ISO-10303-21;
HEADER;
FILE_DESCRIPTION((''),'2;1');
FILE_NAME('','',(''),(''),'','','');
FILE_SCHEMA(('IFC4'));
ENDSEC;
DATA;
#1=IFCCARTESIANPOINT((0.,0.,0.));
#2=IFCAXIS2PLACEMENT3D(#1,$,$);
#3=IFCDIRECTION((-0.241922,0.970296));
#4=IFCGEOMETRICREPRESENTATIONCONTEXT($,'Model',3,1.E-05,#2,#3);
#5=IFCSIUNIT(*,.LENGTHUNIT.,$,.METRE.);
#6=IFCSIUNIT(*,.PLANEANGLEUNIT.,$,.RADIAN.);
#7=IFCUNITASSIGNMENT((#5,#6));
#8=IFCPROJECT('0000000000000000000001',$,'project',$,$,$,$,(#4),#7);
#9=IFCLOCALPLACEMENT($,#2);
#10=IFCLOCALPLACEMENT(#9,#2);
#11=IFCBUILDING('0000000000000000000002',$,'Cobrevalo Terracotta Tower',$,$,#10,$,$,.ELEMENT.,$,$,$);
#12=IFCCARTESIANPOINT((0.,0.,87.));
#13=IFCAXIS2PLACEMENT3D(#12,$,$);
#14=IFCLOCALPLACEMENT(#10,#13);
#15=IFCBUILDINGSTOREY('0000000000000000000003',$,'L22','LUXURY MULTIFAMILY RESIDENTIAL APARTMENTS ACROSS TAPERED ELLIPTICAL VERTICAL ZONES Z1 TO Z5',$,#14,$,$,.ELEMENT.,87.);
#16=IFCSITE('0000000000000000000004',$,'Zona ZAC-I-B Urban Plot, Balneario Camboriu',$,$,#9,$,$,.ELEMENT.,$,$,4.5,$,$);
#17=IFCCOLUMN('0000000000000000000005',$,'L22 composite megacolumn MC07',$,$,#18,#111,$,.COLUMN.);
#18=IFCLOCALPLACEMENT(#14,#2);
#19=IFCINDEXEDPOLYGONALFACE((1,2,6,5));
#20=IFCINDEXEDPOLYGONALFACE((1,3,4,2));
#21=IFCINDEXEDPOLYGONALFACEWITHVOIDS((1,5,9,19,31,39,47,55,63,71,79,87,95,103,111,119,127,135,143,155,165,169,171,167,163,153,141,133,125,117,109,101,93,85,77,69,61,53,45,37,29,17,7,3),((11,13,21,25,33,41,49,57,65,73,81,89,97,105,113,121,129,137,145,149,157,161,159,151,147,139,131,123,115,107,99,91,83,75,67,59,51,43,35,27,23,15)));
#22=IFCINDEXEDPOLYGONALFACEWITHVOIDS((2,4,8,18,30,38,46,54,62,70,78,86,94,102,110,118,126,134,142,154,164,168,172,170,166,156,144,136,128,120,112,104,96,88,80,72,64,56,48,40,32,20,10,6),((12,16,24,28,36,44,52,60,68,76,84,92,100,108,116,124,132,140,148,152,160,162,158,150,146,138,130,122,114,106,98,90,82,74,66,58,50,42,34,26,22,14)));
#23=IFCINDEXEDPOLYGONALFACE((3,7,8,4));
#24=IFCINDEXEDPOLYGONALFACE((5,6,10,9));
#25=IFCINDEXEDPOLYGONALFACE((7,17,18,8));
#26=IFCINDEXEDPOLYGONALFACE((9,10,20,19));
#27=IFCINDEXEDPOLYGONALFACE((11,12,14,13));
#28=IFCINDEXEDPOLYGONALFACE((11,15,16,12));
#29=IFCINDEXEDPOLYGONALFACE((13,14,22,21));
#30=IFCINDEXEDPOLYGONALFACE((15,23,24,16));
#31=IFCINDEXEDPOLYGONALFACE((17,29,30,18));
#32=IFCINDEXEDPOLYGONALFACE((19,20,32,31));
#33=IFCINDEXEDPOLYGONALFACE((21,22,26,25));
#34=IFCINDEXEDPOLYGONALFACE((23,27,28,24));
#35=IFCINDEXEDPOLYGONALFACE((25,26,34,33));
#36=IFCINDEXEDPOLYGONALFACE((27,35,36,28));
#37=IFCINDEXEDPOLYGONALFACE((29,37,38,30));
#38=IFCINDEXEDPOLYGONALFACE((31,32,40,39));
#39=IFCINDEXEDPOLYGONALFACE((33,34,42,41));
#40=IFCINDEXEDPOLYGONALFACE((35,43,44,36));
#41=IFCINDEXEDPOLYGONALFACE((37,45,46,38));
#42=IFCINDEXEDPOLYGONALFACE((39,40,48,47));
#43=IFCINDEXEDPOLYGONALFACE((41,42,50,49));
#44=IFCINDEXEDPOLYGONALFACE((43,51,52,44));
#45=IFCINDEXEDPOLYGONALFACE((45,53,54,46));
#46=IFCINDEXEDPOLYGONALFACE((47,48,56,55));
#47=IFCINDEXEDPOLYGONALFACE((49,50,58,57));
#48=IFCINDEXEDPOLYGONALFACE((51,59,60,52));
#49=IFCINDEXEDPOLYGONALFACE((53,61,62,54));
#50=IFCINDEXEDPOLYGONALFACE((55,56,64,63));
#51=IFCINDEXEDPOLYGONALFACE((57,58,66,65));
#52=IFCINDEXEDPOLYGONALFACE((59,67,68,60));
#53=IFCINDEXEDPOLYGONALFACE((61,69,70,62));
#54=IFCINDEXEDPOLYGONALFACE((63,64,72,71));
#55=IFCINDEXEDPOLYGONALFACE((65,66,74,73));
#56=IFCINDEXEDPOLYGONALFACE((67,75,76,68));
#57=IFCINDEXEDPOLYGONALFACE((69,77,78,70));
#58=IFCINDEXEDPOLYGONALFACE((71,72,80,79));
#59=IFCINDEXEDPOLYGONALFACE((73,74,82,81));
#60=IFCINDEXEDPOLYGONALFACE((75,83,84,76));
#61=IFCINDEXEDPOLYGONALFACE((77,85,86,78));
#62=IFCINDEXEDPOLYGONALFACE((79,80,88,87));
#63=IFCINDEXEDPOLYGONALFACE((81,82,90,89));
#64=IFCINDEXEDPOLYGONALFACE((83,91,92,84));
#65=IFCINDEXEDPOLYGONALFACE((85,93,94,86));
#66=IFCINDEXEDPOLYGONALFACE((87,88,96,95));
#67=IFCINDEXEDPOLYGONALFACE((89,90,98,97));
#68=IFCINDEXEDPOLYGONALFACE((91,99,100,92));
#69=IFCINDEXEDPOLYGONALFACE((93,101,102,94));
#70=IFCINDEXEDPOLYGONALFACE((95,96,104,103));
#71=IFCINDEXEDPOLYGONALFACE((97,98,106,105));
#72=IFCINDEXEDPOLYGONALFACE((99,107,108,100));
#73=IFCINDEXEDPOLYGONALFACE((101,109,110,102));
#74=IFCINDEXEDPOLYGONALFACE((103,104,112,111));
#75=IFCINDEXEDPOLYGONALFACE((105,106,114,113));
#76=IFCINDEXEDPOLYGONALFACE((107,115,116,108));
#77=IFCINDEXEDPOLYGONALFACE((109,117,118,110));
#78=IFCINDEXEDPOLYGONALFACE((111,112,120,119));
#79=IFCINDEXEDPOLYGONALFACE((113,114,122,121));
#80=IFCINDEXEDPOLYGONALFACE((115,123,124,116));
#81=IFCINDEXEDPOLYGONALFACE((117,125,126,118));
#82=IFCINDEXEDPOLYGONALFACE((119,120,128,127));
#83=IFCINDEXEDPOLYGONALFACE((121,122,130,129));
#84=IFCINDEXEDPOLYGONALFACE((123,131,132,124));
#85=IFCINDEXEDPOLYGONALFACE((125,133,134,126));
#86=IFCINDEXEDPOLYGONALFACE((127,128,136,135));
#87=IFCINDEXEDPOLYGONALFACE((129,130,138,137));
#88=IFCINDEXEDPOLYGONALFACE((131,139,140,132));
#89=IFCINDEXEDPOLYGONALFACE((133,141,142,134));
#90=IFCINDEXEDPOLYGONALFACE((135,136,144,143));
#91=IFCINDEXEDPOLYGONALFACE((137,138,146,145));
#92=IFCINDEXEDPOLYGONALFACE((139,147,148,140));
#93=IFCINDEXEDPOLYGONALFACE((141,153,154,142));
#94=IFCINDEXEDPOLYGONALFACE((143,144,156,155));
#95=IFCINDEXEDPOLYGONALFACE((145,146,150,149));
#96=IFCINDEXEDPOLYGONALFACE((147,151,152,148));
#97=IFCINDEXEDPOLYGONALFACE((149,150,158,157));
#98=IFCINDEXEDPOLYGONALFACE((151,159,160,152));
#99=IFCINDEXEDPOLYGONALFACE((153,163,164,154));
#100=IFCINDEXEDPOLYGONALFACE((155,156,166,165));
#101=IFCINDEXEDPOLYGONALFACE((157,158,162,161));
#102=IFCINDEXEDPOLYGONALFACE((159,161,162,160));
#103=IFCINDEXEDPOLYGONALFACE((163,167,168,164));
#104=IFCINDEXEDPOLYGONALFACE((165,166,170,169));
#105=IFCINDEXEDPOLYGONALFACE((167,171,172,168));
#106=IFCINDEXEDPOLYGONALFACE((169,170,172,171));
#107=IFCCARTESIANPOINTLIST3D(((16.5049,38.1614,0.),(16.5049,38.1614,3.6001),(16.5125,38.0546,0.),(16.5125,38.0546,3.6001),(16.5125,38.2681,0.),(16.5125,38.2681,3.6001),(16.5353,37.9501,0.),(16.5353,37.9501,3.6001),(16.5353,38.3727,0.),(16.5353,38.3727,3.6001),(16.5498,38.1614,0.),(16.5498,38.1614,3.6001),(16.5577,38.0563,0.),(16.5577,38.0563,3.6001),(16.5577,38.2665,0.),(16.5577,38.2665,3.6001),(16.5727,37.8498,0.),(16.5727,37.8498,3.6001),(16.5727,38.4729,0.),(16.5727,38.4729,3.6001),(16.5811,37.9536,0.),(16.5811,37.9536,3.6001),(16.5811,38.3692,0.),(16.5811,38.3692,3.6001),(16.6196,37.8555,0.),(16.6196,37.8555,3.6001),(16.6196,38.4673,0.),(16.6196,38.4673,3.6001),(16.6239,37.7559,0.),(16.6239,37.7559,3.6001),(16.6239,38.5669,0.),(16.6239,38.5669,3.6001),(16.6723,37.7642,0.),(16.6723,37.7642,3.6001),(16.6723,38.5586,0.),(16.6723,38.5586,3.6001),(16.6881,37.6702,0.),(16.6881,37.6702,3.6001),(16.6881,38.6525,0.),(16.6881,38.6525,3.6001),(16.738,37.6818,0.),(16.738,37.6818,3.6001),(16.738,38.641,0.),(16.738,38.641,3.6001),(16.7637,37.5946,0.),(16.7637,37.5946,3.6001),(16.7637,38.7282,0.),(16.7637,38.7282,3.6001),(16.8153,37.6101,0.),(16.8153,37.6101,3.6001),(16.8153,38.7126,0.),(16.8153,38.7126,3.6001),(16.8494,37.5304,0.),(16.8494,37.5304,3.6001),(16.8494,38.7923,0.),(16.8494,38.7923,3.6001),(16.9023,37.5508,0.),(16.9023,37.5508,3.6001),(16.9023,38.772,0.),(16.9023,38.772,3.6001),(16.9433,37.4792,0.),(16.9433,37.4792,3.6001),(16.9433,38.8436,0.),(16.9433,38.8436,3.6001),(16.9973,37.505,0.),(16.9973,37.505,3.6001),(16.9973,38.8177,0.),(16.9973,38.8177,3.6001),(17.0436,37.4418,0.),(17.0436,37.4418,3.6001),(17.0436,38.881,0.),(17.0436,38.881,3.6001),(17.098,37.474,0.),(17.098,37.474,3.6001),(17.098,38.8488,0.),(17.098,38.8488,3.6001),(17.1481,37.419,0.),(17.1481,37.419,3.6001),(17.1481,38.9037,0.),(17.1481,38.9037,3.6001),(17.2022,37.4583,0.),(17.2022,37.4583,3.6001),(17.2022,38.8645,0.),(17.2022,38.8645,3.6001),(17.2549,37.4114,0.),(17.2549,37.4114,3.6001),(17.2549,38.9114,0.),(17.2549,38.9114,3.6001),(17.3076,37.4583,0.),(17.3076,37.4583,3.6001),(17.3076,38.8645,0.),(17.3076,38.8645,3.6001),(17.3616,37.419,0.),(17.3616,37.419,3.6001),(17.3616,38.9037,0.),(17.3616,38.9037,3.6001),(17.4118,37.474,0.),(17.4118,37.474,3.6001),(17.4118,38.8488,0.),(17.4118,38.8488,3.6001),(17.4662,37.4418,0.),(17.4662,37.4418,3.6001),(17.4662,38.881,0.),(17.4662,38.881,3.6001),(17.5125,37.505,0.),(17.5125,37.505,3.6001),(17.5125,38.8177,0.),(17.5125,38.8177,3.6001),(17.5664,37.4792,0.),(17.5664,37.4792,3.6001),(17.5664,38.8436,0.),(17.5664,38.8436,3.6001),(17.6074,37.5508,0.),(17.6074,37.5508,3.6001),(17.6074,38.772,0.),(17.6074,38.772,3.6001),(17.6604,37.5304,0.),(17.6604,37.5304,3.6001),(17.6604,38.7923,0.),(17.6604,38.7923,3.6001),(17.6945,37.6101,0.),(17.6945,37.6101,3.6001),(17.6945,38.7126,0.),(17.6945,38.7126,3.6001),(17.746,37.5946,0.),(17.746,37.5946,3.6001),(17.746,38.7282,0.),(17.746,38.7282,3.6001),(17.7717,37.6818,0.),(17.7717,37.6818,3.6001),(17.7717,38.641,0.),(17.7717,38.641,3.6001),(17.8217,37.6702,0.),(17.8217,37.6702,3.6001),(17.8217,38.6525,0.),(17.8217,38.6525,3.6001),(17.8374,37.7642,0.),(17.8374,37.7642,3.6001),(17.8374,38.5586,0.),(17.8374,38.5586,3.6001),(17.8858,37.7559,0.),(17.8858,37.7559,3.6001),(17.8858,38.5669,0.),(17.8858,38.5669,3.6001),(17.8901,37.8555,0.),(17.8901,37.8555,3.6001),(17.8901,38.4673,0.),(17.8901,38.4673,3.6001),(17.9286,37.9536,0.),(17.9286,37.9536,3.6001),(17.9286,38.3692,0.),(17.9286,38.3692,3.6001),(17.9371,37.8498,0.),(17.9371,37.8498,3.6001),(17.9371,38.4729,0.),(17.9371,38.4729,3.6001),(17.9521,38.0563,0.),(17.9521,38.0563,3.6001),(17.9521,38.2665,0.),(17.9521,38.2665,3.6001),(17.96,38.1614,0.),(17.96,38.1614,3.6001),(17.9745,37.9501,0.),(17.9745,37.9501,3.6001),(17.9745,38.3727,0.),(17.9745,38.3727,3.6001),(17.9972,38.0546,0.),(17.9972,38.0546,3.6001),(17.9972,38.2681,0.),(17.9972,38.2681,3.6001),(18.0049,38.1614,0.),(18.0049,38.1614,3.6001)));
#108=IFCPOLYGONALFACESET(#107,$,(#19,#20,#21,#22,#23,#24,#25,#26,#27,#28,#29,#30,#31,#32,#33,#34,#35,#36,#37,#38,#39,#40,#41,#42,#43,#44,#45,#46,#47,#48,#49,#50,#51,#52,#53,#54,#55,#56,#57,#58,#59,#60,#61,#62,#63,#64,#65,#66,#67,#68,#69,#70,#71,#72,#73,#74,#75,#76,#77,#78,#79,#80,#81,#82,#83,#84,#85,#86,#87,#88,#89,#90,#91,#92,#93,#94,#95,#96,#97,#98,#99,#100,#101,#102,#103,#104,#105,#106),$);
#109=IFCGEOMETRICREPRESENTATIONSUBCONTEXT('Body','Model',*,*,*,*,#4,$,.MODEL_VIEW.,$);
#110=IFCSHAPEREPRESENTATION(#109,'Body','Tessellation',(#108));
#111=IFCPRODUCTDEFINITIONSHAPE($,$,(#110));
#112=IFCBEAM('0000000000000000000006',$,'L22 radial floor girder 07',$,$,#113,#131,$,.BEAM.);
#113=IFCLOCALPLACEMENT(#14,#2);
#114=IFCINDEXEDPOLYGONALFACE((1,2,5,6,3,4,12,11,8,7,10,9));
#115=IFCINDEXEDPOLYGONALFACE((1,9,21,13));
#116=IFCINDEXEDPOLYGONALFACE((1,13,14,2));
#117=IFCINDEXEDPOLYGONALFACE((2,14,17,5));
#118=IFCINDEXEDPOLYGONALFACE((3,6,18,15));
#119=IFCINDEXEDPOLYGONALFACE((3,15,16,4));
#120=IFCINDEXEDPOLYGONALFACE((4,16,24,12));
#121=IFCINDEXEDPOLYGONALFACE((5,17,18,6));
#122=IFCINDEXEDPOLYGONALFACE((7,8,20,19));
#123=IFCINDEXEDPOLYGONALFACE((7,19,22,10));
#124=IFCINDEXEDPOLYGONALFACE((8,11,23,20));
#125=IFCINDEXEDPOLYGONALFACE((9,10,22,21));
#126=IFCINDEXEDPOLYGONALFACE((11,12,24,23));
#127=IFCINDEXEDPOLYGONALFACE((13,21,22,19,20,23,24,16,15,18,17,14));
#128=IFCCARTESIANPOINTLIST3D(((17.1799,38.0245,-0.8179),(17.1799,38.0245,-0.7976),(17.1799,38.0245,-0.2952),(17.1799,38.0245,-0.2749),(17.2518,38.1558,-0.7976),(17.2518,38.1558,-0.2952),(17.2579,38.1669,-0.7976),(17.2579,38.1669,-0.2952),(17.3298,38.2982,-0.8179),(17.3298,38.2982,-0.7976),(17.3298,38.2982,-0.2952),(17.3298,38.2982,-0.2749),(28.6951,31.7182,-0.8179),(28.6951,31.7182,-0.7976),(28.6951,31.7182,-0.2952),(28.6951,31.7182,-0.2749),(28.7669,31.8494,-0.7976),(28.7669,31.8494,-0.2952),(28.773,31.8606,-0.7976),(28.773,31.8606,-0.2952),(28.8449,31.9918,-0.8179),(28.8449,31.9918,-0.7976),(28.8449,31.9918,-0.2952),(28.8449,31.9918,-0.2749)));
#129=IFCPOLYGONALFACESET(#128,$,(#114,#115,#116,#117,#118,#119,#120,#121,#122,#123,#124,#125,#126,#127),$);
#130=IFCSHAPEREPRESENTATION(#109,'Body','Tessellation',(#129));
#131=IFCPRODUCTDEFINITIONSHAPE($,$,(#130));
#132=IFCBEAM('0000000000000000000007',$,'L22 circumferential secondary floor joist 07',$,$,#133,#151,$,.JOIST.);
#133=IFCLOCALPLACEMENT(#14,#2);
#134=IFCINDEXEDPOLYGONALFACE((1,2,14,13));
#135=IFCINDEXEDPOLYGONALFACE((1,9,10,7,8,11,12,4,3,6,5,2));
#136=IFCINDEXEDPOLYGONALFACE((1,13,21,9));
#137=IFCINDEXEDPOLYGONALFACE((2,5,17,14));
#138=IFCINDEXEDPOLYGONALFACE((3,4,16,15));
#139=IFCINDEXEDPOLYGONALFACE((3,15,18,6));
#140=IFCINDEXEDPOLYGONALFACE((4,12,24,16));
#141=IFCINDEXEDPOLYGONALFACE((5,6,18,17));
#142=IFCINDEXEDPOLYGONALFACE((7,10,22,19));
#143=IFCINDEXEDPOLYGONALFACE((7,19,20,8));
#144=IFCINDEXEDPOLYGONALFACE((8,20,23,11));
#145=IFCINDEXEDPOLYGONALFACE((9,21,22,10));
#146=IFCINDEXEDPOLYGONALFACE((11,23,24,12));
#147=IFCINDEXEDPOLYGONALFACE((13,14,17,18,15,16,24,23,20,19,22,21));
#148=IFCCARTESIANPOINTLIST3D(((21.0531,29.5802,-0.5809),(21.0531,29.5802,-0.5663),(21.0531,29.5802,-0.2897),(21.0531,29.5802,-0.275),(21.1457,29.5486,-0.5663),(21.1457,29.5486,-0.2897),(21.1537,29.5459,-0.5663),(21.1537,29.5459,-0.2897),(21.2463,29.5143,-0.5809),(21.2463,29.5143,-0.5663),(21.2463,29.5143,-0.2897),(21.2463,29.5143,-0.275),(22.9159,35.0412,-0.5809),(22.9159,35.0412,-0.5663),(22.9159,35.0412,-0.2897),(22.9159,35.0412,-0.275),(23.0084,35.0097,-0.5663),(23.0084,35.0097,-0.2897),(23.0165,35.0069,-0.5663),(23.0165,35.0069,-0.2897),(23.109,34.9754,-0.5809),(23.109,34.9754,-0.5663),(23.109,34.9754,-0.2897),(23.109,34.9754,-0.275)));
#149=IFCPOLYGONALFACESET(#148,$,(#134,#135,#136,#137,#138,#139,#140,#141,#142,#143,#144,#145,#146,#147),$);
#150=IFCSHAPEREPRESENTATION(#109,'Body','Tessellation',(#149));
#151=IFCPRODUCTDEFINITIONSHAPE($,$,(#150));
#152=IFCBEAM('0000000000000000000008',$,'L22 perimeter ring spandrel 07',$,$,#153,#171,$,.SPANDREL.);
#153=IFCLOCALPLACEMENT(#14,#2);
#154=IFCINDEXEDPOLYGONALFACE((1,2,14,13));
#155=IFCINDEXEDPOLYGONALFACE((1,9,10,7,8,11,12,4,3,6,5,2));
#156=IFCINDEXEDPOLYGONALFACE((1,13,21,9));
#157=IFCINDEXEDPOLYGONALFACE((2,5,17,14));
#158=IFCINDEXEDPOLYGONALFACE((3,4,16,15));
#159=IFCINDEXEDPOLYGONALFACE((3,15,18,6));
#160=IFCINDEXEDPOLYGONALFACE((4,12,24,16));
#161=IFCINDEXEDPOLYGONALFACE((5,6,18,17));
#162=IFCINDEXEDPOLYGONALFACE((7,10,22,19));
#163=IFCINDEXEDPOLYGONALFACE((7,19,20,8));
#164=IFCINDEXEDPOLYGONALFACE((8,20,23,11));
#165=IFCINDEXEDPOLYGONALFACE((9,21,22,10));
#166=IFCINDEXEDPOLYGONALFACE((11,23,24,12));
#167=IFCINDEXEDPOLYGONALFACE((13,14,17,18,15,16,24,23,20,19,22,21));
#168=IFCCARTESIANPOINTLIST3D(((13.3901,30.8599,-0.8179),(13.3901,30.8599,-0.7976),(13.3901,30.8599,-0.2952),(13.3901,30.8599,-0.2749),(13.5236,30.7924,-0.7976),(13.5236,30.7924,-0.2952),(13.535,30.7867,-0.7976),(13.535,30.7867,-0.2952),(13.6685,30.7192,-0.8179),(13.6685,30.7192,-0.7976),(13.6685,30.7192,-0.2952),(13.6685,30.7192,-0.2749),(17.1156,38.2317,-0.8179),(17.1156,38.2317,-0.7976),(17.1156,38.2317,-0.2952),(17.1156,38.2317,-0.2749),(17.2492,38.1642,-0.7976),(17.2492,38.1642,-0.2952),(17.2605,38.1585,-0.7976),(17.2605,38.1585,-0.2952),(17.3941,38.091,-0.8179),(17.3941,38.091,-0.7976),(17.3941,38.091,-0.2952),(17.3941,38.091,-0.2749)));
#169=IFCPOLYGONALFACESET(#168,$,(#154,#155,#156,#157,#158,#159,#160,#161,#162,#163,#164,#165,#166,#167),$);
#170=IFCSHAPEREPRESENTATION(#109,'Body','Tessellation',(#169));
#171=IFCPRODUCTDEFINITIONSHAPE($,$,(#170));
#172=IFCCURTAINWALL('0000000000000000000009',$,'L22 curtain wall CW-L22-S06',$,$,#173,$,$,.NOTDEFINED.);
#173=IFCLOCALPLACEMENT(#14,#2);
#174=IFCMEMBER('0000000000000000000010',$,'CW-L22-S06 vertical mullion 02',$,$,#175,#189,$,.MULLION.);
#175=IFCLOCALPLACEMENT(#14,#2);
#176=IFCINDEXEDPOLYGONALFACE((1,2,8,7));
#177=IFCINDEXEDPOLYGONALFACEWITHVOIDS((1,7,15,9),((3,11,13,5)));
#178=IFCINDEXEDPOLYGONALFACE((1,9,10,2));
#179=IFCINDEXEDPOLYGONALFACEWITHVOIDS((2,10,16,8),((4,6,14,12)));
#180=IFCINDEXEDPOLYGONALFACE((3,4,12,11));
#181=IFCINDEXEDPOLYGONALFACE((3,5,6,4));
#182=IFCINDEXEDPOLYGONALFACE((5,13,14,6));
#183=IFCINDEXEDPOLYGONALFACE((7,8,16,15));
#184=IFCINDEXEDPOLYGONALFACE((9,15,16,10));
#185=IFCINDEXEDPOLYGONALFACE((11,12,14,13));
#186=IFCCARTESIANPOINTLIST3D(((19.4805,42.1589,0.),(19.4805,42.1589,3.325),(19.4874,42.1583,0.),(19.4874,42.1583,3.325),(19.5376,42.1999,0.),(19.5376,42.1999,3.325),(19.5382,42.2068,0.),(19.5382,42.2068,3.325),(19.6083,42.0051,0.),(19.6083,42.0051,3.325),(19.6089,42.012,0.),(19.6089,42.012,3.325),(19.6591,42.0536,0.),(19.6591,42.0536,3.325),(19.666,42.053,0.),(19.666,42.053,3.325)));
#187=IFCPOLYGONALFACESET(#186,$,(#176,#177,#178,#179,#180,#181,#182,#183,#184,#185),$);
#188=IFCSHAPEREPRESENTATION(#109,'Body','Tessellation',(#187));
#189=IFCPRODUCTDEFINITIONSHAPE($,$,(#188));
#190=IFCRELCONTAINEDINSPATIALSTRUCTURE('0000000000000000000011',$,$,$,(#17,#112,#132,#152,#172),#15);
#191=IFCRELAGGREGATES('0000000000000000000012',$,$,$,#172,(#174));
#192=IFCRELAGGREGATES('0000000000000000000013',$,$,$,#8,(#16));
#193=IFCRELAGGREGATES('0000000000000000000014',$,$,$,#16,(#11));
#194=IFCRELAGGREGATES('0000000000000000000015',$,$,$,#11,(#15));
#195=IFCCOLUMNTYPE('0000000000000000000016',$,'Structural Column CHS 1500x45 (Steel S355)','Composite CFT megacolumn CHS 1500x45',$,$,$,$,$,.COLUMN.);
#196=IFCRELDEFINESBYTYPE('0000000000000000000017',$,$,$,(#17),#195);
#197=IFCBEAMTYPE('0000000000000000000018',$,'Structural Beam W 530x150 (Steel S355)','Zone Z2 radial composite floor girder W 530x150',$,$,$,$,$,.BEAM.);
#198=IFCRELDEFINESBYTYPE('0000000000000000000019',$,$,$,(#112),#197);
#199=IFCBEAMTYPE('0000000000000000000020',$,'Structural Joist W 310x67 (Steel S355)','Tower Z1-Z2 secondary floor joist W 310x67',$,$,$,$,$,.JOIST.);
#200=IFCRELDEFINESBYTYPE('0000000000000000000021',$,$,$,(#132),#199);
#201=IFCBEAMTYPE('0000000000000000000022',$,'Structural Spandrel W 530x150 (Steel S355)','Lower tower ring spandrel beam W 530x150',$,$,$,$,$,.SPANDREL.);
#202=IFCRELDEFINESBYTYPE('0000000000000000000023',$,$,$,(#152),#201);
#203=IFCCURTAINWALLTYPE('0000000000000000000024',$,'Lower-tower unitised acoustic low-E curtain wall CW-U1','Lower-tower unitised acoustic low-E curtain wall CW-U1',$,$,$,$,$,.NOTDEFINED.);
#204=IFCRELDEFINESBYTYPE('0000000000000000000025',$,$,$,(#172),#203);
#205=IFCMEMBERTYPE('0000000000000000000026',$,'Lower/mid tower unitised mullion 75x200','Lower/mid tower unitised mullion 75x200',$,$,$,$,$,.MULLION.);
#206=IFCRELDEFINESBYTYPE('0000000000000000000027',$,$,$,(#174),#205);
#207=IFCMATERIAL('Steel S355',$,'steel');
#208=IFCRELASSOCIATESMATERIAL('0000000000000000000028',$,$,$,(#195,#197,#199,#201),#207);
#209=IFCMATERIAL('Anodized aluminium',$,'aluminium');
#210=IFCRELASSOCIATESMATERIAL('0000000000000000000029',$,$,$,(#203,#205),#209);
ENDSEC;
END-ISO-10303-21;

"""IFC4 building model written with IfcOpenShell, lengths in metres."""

from ifc_helpers import new_model, si_unit, direction, frame, origin, origin_2d, place, context, subcontext, project, spatial, hollow_rectangle, hollow_circle, i_section, extrude, source, transform, mapped, material, material_profile, profile_set, type_object, element, aggregate, save


model = new_model("IFC4")

# Units and contexts
model_context = context("Model", 3, precision=1e-05, world=origin(), true_north=direction((-0.241922, 0.970296)))
body_context = subcontext(model_context, "Body", "Model", "MODEL_VIEW")
ifc_project = project(units=[si_unit("LENGTHUNIT", "METRE"), si_unit("PLANEANGLEUNIT", "RADIAN")], contexts=[model_context])

# Site, building, storey
site_placement = place(None, origin())
site = spatial("IfcSite", under=ifc_project, at=site_placement, Name="Zona ZAC-I-B Urban Plot, Balneario Camboriu", CompositionType="ELEMENT", RefElevation=4.5)
building_placement = place(site_placement, origin())
building = spatial("IfcBuilding", under=site, at=building_placement, Name="Cobrevalo Terracotta Tower", CompositionType="ELEMENT")
storey_placement = place(building_placement, frame((0.0, 0.0, 87.0)))
storey = spatial("IfcBuildingStorey", under=building, at=storey_placement, Name="L22", Description="LUXURY MULTIFAMILY RESIDENTIAL APARTMENTS ACROSS TAPERED ELLIPTICAL VERTICAL ZONES Z1 TO Z5", CompositionType="ELEMENT", Elevation=87.0)

# Column
ifc_material_1 = material(Name="Steel S355", Category="steel")
ifc_material_profile_1 = material_profile(ifc_material_1, hollow_circle(Radius=0.75, WallThickness=0.0449, at=origin_2d()), Name="CHS 1500x45")
ifc_profile_set_1 = profile_set([ifc_material_profile_1], Name="Steel S355")
column_type = type_object("IfcColumnType", Name="Structural Column CHS 1500x45 (Steel S355)", Description="Composite CFT megacolumn CHS 1500x45", PredefinedType="COLUMN", material=ifc_profile_set_1)
column_placement = place(storey_placement, frame((17.2549, 38.1614, 0.0), z_axis=(0.0, 0.0, 1.0), x_axis=(1.0, 0.0, 0.0)))
element("IfcColumn", 1, at=column_placement, inside=storey, type_object=column_type, Name="L22 composite megacolumn MC07", PredefinedType="COLUMN", context=body_context, shape_type="SweptSolid", body=[
    extrude(hollow_circle(Radius=0.75, WallThickness=0.0449, at=origin_2d()), origin(), (0.0, 0.0, 1.0), 3.6001),
])

# Beams
ifc_material_profile_2 = material_profile(ifc_material_1, i_section(OverallWidth=0.312, OverallDepth=0.543, WebThickness=0.0127, FlangeThickness=0.0203, at=origin_2d()), Name="W 530x150")
ifc_profile_set_2 = profile_set([ifc_material_profile_2], Name="Steel S355")
beam_type_1 = type_object("IfcBeamType", Name="Structural Beam W 530x150 (Steel S355)", Description="Zone Z2 radial composite floor girder W 530x150", PredefinedType="BEAM", material=ifc_profile_set_2)
beam_1_placement = place(storey_placement, frame((17.2549, 38.1614, -0.5464), z_axis=(0.877081, -0.480343, 0.0), x_axis=(0.480343, 0.877081, 0.0)))
element("IfcBeam", 2, at=beam_1_placement, inside=storey, type_object=beam_type_1, Name="L22 radial floor girder 07", PredefinedType="BEAM", context=body_context, shape_type="SweptSolid", body=[
    extrude(i_section(OverallWidth=0.312, OverallDepth=0.543, WebThickness=0.0127, FlangeThickness=0.0203, at=origin_2d()), origin(), (0.0, 0.0, 1.0), 13.1289),
])
ifc_material_profile_3 = material_profile(ifc_material_1, i_section(OverallWidth=0.2041, OverallDepth=0.3059, WebThickness=0.0085, FlangeThickness=0.0146, at=origin_2d()), Name="W 310x67")
ifc_profile_set_3 = profile_set([ifc_material_profile_3], Name="Steel S355")
beam_type_2 = type_object("IfcBeamType", Name="Structural Joist W 310x67 (Steel S355)", Description="Tower Z1-Z2 secondary floor joist W 310x67", PredefinedType="JOIST", material=ifc_profile_set_3)
beam_2_placement = place(storey_placement, frame((23.0125, 35.0083, -0.428), z_axis=(-0.322833, -0.946456, 0.0), x_axis=(0.946456, -0.322833, 0.0)))
element("IfcBeam", 3, at=beam_2_placement, inside=storey, type_object=beam_type_2, Name="L22 circumferential secondary floor joist 07", PredefinedType="JOIST", context=body_context, shape_type="SweptSolid", body=[
    extrude(i_section(OverallWidth=0.2041, OverallDepth=0.3059, WebThickness=0.0085, FlangeThickness=0.0146, at=origin_2d()), origin(), (0.0, 0.0, 1.0), 5.77),
])
ifc_material_profile_4 = material_profile(ifc_material_1, i_section(OverallWidth=0.312, OverallDepth=0.543, WebThickness=0.0127, FlangeThickness=0.0203, at=origin_2d()), Name="W 530x150")
ifc_profile_set_4 = profile_set([ifc_material_profile_4], Name="Steel S355")
beam_type_3 = type_object("IfcBeamType", Name="Structural Spandrel W 530x150 (Steel S355)", Description="Lower tower ring spandrel beam W 530x150", PredefinedType="SPANDREL", material=ifc_profile_set_4)
beam_3_placement = place(storey_placement, frame((17.2549, 38.1614, -0.5464), z_axis=(-0.451052, -0.892498, 0.0), x_axis=(0.892498, -0.451052, 0.0)))
element("IfcBeam", 4, at=beam_3_placement, inside=storey, type_object=beam_type_3, Name="L22 perimeter ring spandrel 07", PredefinedType="SPANDREL", context=body_context, shape_type="SweptSolid", body=[
    extrude(i_section(OverallWidth=0.312, OverallDepth=0.543, WebThickness=0.0127, FlangeThickness=0.0203, at=origin_2d()), origin(), (0.0, 0.0, 1.0), 8.2598),
])

# Curtain wall, member
ifc_material_2 = material(Name="Anodized aluminium", Category="aluminium")
curtain_wall_type = type_object("IfcCurtainWallType", Name="Lower-tower unitised acoustic low-E curtain wall CW-U1", Description="Lower-tower unitised acoustic low-E curtain wall CW-U1", PredefinedType="NOTDEFINED", material=ifc_material_2)
curtain_wall_1_placement = place(storey_placement, origin())
curtain_wall_1 = element("IfcCurtainWall", 5, at=curtain_wall_1_placement, inside=storey, type_object=curtain_wall_type, Name="L22 curtain wall CW-L22-S06", PredefinedType="NOTDEFINED")
ifc_material_profile_5 = material_profile(ifc_material_2, hollow_rectangle(XDim=0.075, YDim=0.2, WallThickness=0.0049, at=origin_2d()), Name="CWM 75x200")
ifc_profile_set_5 = profile_set([ifc_material_profile_5], Name="Anodized aluminium")
member_type_1 = type_object("IfcMemberType", Name="Lower/mid tower unitised mullion 75x200", Description="Lower/mid tower unitised mullion 75x200", PredefinedType="MULLION", material=ifc_profile_set_5)
shared_shape_1 = source(origin(), body_context, "Body", "SweptSolid", [
    extrude(hollow_rectangle(XDim=0.075, YDim=0.2, WallThickness=0.0049, at=origin_2d()), origin(), (0.0, 0.0, 1.0), 3.325),
])
member_1_placement = place(storey_placement, frame((19.5732, 42.106, 0.0), z_axis=(0.0, 0.0, 1.0), x_axis=(-0.769243, -0.638956, 0.0)))
member_1 = element("IfcMember", 6, at=member_1_placement, type_object=member_type_1, Name="CW-L22-S06 vertical mullion 02", PredefinedType="MULLION", context=body_context, shape_type="MappedRepresentation", body=[
    mapped(shared_shape_1, transform((0.0, 0.0, 0.0), scale=1.0)),
])

aggregate(curtain_wall_1, [member_1])

save(model, "model.ifc")
